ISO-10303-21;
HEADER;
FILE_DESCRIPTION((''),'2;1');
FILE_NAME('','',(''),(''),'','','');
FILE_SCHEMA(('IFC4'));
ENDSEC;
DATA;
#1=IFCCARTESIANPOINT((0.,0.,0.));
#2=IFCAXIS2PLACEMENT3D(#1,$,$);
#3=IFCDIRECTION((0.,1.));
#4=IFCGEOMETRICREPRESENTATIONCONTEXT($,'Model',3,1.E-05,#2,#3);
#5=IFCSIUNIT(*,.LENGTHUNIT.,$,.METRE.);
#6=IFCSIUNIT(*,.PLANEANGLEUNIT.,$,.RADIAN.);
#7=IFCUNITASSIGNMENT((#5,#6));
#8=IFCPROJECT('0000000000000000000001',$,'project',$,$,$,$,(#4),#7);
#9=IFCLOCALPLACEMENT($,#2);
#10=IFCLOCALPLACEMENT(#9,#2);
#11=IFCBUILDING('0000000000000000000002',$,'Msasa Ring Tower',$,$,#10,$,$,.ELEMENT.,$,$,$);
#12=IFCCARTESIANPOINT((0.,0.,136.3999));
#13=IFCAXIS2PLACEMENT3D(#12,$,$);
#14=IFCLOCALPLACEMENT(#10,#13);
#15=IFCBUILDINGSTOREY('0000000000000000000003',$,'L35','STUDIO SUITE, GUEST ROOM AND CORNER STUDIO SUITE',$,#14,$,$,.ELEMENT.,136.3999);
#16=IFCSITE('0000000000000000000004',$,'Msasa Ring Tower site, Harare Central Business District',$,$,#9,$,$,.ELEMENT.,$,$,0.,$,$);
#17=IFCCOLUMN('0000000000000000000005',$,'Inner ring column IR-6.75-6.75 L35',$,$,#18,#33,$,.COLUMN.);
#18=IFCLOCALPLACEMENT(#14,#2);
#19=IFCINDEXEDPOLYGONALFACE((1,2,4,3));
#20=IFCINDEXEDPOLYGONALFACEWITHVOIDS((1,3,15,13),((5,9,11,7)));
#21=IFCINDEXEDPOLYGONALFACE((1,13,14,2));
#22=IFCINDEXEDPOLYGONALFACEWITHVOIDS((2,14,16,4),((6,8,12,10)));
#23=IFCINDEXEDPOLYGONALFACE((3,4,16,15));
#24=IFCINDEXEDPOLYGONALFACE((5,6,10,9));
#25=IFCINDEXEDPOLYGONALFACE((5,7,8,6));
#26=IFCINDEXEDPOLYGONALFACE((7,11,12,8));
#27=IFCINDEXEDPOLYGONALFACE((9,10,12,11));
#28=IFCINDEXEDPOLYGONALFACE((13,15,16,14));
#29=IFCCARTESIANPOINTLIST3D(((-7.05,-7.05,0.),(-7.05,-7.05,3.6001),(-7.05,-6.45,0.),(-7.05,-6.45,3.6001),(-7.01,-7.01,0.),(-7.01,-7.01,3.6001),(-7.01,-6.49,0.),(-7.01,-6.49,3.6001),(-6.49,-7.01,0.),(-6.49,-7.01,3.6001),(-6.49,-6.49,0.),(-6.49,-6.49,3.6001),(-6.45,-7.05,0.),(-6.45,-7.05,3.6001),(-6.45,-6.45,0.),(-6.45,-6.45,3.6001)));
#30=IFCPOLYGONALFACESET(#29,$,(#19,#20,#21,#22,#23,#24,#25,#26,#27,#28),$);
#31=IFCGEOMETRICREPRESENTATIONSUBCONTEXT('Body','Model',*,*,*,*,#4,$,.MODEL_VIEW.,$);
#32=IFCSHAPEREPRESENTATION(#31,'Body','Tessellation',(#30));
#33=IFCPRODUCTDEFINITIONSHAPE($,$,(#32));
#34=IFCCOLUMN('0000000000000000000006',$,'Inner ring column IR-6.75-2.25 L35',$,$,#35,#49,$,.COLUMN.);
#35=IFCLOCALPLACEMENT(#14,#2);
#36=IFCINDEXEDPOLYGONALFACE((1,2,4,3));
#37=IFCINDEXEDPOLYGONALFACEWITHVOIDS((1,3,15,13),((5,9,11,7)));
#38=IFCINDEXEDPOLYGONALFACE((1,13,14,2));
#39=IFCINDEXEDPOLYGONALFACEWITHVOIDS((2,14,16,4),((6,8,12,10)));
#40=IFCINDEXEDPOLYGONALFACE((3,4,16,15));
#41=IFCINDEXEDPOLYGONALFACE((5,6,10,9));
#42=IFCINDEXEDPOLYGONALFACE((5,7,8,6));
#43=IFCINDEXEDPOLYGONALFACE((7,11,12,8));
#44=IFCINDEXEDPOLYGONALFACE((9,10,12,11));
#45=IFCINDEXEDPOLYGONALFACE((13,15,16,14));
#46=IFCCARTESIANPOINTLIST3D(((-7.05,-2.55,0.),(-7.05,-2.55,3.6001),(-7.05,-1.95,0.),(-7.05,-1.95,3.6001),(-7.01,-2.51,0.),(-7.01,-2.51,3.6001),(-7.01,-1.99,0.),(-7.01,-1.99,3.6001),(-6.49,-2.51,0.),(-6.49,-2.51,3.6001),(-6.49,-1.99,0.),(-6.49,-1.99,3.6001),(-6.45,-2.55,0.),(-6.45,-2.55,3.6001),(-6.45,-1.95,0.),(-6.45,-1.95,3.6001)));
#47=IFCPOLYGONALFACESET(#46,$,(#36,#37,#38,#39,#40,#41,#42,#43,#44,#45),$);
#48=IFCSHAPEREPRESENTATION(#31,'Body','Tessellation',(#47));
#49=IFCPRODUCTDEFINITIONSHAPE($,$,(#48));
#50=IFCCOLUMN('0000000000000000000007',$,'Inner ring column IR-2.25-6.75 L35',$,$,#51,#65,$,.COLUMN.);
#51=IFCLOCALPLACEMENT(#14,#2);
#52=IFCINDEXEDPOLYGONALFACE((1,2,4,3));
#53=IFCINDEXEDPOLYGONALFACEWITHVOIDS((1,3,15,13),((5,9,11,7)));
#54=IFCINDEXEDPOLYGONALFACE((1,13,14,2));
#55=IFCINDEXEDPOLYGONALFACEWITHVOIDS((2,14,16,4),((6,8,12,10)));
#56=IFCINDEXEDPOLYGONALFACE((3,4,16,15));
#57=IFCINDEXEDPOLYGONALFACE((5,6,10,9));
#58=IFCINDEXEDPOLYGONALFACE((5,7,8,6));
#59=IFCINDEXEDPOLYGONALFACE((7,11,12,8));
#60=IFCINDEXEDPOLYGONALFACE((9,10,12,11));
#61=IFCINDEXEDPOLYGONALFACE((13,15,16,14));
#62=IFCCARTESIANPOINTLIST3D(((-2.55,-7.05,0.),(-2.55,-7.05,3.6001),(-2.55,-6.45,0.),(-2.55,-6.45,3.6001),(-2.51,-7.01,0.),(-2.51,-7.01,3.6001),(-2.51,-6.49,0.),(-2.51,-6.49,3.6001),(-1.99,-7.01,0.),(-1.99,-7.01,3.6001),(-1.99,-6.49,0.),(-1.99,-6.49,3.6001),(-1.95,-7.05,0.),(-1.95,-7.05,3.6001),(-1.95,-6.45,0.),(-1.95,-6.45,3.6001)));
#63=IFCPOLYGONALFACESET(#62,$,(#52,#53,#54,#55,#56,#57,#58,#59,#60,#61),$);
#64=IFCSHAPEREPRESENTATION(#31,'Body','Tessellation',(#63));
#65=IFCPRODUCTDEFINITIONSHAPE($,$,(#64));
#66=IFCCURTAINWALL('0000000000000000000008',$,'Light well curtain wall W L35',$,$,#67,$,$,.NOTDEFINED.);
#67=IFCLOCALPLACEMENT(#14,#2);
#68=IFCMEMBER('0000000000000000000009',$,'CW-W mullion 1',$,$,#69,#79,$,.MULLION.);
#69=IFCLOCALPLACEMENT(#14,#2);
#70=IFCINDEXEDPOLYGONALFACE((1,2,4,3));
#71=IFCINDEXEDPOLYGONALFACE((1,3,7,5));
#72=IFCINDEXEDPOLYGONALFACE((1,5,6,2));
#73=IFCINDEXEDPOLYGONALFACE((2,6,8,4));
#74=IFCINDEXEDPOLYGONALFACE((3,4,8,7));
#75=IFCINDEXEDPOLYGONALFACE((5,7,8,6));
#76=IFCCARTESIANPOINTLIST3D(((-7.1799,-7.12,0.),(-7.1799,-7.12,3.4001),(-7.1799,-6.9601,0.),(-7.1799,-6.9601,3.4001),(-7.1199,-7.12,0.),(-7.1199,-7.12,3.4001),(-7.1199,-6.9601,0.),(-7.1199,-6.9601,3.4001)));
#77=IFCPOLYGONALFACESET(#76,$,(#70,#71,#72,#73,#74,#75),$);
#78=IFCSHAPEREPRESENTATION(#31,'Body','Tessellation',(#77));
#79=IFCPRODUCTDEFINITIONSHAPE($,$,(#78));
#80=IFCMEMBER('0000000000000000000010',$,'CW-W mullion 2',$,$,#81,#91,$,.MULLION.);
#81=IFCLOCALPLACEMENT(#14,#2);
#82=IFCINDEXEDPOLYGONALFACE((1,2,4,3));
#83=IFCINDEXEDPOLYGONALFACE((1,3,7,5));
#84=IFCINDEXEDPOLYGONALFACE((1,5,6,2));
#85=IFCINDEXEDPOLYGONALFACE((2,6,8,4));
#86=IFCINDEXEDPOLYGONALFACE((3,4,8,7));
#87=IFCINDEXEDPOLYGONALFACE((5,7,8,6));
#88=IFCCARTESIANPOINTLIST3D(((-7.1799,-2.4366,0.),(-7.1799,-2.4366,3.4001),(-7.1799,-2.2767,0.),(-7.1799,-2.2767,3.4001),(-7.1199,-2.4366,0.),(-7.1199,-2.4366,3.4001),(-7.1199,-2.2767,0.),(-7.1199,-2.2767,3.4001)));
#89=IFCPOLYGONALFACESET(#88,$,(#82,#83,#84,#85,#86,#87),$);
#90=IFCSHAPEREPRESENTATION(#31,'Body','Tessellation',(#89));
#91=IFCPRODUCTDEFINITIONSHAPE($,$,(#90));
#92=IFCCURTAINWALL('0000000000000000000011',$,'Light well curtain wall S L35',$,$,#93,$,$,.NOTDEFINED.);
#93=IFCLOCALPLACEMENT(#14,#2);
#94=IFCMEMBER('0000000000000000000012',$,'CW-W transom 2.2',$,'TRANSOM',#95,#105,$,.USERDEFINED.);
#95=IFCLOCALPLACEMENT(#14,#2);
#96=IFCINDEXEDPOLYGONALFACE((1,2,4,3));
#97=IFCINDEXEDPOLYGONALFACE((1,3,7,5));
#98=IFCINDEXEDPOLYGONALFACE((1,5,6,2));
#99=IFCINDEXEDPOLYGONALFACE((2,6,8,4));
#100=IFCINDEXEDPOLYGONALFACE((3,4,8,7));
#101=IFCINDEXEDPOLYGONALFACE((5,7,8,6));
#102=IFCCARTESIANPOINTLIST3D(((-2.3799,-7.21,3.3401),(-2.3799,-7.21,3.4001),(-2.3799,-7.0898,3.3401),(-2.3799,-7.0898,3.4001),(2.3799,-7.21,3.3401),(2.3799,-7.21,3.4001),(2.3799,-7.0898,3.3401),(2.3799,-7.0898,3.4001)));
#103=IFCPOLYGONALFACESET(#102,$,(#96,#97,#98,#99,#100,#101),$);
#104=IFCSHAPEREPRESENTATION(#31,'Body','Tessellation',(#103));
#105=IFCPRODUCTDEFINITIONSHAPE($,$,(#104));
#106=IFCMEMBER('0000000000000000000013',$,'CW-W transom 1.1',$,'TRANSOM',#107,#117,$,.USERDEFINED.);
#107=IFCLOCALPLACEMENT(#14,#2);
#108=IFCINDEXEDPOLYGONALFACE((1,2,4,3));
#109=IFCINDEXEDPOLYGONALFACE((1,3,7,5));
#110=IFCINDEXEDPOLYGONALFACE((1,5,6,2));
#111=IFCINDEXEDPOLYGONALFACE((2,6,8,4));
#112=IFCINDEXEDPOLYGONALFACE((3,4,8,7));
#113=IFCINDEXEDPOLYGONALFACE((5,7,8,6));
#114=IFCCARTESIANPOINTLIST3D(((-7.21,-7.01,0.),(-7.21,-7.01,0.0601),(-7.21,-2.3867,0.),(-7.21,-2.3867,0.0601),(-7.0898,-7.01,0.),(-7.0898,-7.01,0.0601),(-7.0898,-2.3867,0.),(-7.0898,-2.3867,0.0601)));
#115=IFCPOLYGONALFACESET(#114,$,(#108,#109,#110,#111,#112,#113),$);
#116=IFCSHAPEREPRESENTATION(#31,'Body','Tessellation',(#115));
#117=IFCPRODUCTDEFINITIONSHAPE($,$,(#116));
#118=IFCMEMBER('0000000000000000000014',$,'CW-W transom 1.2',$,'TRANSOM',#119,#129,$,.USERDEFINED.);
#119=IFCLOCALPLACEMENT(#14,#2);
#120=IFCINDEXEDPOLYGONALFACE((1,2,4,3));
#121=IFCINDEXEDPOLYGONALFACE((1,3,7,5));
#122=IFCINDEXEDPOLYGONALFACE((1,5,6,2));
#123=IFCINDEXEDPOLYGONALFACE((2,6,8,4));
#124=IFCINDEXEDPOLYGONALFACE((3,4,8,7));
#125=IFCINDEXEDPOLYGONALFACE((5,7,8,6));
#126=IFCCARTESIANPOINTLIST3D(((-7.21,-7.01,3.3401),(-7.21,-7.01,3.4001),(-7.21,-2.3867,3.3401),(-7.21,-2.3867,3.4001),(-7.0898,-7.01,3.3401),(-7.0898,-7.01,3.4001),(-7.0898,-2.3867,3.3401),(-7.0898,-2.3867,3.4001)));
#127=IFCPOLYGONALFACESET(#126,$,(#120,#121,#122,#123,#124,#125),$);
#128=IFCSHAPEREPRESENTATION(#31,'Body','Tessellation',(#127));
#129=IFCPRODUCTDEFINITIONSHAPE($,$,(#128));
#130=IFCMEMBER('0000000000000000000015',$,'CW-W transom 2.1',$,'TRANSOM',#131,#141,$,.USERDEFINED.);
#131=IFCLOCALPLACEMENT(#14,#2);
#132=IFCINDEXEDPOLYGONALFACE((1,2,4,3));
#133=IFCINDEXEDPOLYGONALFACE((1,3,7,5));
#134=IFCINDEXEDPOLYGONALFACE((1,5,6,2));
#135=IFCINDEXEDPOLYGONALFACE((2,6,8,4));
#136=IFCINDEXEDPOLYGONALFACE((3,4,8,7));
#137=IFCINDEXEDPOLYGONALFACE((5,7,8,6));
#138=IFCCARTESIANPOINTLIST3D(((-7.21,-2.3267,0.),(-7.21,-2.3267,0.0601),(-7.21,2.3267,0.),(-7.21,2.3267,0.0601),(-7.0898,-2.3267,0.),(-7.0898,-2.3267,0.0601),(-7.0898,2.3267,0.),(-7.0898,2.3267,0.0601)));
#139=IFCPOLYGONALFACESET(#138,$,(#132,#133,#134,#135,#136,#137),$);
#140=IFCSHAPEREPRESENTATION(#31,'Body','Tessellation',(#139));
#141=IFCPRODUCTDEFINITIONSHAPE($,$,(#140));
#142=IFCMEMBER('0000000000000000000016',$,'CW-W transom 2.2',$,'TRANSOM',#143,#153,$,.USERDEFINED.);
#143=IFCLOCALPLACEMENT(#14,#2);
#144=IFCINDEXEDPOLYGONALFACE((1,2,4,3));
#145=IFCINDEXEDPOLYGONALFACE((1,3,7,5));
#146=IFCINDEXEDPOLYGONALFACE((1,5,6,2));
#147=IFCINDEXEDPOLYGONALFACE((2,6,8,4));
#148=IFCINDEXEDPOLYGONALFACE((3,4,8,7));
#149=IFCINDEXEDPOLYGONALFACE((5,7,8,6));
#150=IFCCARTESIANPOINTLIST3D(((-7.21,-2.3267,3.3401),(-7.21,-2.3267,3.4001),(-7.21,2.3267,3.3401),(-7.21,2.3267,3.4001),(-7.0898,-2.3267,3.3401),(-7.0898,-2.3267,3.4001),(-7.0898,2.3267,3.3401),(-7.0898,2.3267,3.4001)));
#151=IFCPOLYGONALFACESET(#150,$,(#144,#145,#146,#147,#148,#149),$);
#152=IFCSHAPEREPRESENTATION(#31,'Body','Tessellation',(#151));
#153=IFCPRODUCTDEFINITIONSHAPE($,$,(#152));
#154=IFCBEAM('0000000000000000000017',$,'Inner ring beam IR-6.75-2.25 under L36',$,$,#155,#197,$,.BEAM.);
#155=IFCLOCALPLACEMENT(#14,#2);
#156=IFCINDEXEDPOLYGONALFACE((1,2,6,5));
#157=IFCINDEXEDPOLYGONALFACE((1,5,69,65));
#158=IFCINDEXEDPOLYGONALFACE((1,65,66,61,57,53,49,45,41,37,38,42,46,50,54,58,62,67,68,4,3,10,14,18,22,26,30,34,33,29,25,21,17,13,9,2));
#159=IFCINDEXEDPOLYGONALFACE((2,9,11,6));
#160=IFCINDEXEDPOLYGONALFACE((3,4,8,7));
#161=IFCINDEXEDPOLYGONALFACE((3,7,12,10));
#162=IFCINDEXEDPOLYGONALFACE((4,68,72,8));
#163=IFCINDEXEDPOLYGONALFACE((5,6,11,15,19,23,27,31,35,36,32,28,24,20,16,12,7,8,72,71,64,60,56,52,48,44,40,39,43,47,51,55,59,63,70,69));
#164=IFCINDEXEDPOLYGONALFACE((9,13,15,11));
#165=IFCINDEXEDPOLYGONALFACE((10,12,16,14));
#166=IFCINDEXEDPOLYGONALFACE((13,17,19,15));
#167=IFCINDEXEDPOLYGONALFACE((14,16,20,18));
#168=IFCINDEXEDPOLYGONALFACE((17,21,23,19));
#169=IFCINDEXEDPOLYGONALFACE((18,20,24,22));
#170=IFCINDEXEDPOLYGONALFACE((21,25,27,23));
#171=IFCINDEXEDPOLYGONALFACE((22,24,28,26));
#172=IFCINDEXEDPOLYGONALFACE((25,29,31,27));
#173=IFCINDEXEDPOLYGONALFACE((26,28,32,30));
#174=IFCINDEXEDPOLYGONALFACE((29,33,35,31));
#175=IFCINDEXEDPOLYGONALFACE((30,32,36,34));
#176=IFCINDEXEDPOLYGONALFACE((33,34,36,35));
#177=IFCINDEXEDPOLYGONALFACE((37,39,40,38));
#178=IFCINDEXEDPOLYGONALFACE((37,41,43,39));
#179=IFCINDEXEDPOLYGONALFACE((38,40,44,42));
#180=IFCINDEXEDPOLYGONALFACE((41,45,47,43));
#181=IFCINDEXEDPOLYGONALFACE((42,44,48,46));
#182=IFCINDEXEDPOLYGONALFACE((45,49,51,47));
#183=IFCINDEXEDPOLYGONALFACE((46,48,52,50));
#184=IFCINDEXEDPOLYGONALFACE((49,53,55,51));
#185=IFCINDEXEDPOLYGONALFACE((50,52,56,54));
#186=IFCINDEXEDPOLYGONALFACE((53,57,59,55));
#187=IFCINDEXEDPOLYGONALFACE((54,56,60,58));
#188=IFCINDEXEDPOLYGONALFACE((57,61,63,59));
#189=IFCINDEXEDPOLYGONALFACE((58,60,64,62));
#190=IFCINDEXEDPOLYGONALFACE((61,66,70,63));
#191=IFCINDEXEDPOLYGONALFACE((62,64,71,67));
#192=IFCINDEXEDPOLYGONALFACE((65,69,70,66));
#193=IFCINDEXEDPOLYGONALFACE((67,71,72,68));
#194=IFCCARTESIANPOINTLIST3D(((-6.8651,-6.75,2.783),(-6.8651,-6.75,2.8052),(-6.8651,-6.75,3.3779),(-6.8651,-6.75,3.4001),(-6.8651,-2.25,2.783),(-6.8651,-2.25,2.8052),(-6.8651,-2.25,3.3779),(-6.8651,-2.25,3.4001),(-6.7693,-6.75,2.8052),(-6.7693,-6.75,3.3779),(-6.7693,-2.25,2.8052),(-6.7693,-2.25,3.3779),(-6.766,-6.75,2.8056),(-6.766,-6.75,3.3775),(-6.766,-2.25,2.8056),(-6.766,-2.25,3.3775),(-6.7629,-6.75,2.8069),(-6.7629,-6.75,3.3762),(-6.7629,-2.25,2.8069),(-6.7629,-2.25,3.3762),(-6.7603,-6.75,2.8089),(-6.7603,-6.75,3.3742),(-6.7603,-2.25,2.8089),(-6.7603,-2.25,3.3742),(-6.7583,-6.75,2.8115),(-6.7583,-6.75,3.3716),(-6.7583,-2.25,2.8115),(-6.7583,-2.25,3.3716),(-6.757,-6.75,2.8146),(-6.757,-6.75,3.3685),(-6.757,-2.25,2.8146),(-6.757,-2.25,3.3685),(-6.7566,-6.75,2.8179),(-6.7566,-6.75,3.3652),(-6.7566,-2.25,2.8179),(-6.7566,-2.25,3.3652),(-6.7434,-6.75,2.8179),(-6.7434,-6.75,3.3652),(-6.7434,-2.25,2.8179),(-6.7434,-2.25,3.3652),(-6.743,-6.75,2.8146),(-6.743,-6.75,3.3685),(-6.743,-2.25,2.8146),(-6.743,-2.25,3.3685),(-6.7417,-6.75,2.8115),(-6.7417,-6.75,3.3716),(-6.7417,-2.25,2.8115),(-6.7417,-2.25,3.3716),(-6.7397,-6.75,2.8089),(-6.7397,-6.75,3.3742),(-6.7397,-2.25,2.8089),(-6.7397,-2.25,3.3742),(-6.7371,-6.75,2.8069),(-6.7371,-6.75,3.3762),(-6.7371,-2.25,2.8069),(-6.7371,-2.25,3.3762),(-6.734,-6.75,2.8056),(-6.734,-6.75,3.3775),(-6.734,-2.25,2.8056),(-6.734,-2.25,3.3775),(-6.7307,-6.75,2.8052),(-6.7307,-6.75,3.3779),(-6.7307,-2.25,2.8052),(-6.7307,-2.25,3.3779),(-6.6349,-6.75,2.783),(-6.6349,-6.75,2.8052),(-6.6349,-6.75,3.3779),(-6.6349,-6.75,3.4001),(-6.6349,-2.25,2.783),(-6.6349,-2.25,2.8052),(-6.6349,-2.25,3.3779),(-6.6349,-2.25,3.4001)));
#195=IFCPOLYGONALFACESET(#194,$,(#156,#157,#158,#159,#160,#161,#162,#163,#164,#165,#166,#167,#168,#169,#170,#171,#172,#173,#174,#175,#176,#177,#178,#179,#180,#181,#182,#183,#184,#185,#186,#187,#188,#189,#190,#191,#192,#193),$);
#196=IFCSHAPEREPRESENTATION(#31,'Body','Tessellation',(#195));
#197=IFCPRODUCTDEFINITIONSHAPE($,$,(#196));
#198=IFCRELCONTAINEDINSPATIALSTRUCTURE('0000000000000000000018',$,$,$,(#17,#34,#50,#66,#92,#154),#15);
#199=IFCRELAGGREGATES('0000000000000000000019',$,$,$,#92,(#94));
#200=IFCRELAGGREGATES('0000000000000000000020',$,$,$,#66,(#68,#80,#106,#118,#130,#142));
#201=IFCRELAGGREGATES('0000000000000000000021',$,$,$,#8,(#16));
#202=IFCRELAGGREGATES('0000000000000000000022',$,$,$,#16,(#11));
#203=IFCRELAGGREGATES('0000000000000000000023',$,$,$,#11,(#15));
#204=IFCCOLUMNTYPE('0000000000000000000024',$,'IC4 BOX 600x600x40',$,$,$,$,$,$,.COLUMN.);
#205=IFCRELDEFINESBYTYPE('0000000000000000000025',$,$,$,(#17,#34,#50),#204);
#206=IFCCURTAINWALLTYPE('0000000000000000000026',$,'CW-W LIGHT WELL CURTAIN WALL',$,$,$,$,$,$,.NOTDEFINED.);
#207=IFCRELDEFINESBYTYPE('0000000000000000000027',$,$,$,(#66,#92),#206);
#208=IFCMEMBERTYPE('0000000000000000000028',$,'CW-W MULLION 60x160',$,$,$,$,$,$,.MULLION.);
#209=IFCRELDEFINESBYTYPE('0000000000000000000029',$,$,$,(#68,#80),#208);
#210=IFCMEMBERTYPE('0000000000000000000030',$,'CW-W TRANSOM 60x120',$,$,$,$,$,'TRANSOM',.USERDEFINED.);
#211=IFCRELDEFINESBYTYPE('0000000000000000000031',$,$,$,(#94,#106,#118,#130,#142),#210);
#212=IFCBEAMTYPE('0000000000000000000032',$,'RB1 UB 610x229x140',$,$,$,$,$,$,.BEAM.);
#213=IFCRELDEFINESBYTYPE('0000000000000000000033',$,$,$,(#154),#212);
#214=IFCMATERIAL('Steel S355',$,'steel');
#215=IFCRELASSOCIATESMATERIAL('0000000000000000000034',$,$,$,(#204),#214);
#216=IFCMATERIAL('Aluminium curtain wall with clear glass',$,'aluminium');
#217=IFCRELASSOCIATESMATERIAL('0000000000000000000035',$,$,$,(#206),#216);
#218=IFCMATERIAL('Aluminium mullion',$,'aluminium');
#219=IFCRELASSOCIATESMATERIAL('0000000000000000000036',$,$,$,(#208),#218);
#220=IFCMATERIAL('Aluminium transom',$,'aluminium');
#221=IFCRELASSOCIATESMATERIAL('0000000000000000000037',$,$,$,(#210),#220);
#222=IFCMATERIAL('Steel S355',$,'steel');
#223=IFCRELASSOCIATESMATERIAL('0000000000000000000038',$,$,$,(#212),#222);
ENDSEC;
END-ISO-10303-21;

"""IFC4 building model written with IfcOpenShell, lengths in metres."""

from ifc_helpers import new_model, si_unit, direction, frame, origin, origin_2d, place, context, subcontext, project, spatial, rectangle, hollow_rectangle, i_section, extrude, material, material_profile, profile_set, type_object, element, aggregate, save


model = new_model("IFC4")

# Units and contexts
model_context = context("Model", 3, precision=1e-05, world=origin(), true_north=direction((0.0, 1.0)))
body_context = subcontext(model_context, "Body", "Model", "MODEL_VIEW")
ifc_project = project(units=[si_unit("LENGTHUNIT", "METRE"), si_unit("PLANEANGLEUNIT", "RADIAN")], contexts=[model_context])

# Site, building, storey
site_placement = place(None, origin())
site = spatial("IfcSite", under=ifc_project, at=site_placement, Name="Msasa Ring Tower site, Harare Central Business District", CompositionType="ELEMENT", RefElevation=0.0)
building_placement = place(site_placement, origin())
building = spatial("IfcBuilding", under=site, at=building_placement, Name="Msasa Ring Tower", CompositionType="ELEMENT")
storey_placement = place(building_placement, frame((0.0, 0.0, 136.3999)))
storey = spatial("IfcBuildingStorey", under=building, at=storey_placement, Name="L35", Description="STUDIO SUITE, GUEST ROOM AND CORNER STUDIO SUITE", CompositionType="ELEMENT", Elevation=136.3999)

# Columns
ifc_material_1 = material(Name="Steel S355", Category="steel")
ifc_material_profile_1 = material_profile(ifc_material_1, hollow_rectangle(XDim=0.6001, YDim=0.6001, WallThickness=0.04, at=origin_2d()), Name="BOX 600x600x40")
ifc_profile_set_1 = profile_set([ifc_material_profile_1], Name="Steel S355")
column_type = type_object("IfcColumnType", Name="IC4 BOX 600x600x40", PredefinedType="COLUMN", material=ifc_profile_set_1)
for number, where, z_axis, x_axis, name in (
    (1, (-6.75, -6.75, 0.0), (0.0, 0.0, 1.0), (1.0, 0.0, 0.0), "Inner ring column IR-6.75-6.75 L35"),
    (2, (-6.75, -2.25, 0.0), (0.0, 0.0, 1.0), (1.0, 0.0, 0.0), "Inner ring column IR-6.75-2.25 L35"),
    (3, (-2.25, -6.75, 0.0), (0.0, 0.0, 1.0), (1.0, 0.0, 0.0), "Inner ring column IR-2.25-6.75 L35"),
):
    element("IfcColumn", number, at=place(storey_placement, frame(where, z_axis=z_axis, x_axis=x_axis)), inside=storey, type_object=column_type, Name=name, PredefinedType="COLUMN", context=body_context, shape_type="SweptSolid", body=[
        extrude(hollow_rectangle(XDim=0.6001, YDim=0.6001, WallThickness=0.04, at=origin_2d()), origin(), (0.0, 0.0, 1.0), 3.6001),
    ])

# Curtain wall, members
ifc_material_2 = material(Name="Aluminium curtain wall with clear glass", Category="aluminium")
curtain_wall_type = type_object("IfcCurtainWallType", Name="CW-W LIGHT WELL CURTAIN WALL", PredefinedType="NOTDEFINED", material=ifc_material_2)
curtain_wall_1_placement = place(storey_placement, origin())
curtain_wall_1 = element("IfcCurtainWall", 4, at=curtain_wall_1_placement, inside=storey, type_object=curtain_wall_type, Name="Light well curtain wall W L35", PredefinedType="NOTDEFINED")
ifc_material_3 = material(Name="Aluminium mullion", Category="aluminium")
ifc_material_profile_2 = material_profile(ifc_material_3, rectangle(XDim=0.0601, YDim=0.1599, at=origin_2d()), Name="AL 60x160")
ifc_profile_set_2 = profile_set([ifc_material_profile_2], Name="Aluminium mullion")
member_type_1 = type_object("IfcMemberType", Name="CW-W MULLION 60x160", PredefinedType="MULLION", material=ifc_profile_set_2)
member_1_placement = place(storey_placement, frame((-7.1499, -7.04, 0.0), z_axis=(0.0, 0.0, 1.0), x_axis=(-1.0, 0.0, 0.0)))
member_1 = element("IfcMember", 5, at=member_1_placement, type_object=member_type_1, Name="CW-W mullion 1", PredefinedType="MULLION", context=body_context, shape_type="SweptSolid", body=[
    extrude(rectangle(XDim=0.0601, YDim=0.1599, at=origin_2d()), origin(), (0.0, 0.0, 1.0), 3.4001),
])
member_2_placement = place(storey_placement, frame((-7.1499, -2.3567, 0.0), z_axis=(0.0, 0.0, 1.0), x_axis=(-1.0, 0.0, 0.0)))
member_2 = element("IfcMember", 6, at=member_2_placement, type_object=member_type_1, Name="CW-W mullion 2", PredefinedType="MULLION", context=body_context, shape_type="SweptSolid", body=[
    extrude(rectangle(XDim=0.0601, YDim=0.1599, at=origin_2d()), origin(), (0.0, 0.0, 1.0), 3.4001),
])

# Curtain wall, member
curtain_wall_2_placement = place(storey_placement, origin())
curtain_wall_2 = element("IfcCurtainWall", 7, at=curtain_wall_2_placement, inside=storey, type_object=curtain_wall_type, Name="Light well curtain wall S L35", PredefinedType="NOTDEFINED")
ifc_material_4 = material(Name="Aluminium transom", Category="aluminium")
ifc_material_profile_3 = material_profile(ifc_material_4, rectangle(XDim=0.1201, YDim=0.0601, at=origin_2d()), Name="AL 60x120")
ifc_profile_set_3 = profile_set([ifc_material_profile_3], Name="Aluminium transom")
member_type_2 = type_object("IfcMemberType", Name="CW-W TRANSOM 60x120", ElementType="TRANSOM", PredefinedType="USERDEFINED", material=ifc_profile_set_3)
member_3_placement = place(storey_placement, frame((-2.3799, -7.1499, 3.3701), z_axis=(1.0, 0.0, 0.0), x_axis=(0.0, 1.0, 0.0)))
member_3 = element("IfcMember", 8, at=member_3_placement, type_object=member_type_2, Name="CW-W transom 2.2", ObjectType="TRANSOM", PredefinedType="USERDEFINED", context=body_context, shape_type="SweptSolid", body=[
    extrude(rectangle(XDim=0.1201, YDim=0.0601, at=origin_2d()), origin(), (0.0, 0.0, 1.0), 4.7598),
])

# Members
member_4_placement = place(storey_placement, frame((-7.1499, -7.01, 0.03), z_axis=(0.0, 1.0, 0.0), x_axis=(-1.0, 0.0, 0.0)))
member_4 = element("IfcMember", 9, at=member_4_placement, type_object=member_type_2, Name="CW-W transom 1.1", ObjectType="TRANSOM", PredefinedType="USERDEFINED", context=body_context, shape_type="SweptSolid", body=[
    extrude(rectangle(XDim=0.1201, YDim=0.0601, at=origin_2d()), origin(), (0.0, 0.0, 1.0), 4.6233),
])
member_5_placement = place(storey_placement, frame((-7.1499, -7.01, 3.3701), z_axis=(0.0, 1.0, 0.0), x_axis=(-1.0, 0.0, 0.0)))
member_5 = element("IfcMember", 10, at=member_5_placement, type_object=member_type_2, Name="CW-W transom 1.2", ObjectType="TRANSOM", PredefinedType="USERDEFINED", context=body_context, shape_type="SweptSolid", body=[
    extrude(rectangle(XDim=0.1201, YDim=0.0601, at=origin_2d()), origin(), (0.0, 0.0, 1.0), 4.6233),
])
member_6_placement = place(storey_placement, frame((-7.1499, -2.3267, 0.03), z_axis=(0.0, 1.0, 0.0), x_axis=(-1.0, 0.0, 0.0)))
member_6 = element("IfcMember", 11, at=member_6_placement, type_object=member_type_2, Name="CW-W transom 2.1", ObjectType="TRANSOM", PredefinedType="USERDEFINED", context=body_context, shape_type="SweptSolid", body=[
    extrude(rectangle(XDim=0.1201, YDim=0.0601, at=origin_2d()), origin(), (0.0, 0.0, 1.0), 4.6533),
])
member_7_placement = place(storey_placement, frame((-7.1499, -2.3267, 3.3701), z_axis=(0.0, 1.0, 0.0), x_axis=(-1.0, 0.0, 0.0)))
member_7 = element("IfcMember", 12, at=member_7_placement, type_object=member_type_2, Name="CW-W transom 2.2", ObjectType="TRANSOM", PredefinedType="USERDEFINED", context=body_context, shape_type="SweptSolid", body=[
    extrude(rectangle(XDim=0.1201, YDim=0.0601, at=origin_2d()), origin(), (0.0, 0.0, 1.0), 4.6533),
])

# Beam
ifc_material_5 = material(Name="Steel S355", Category="steel")
ifc_material_profile_4 = material_profile(ifc_material_5, i_section(OverallWidth=0.2302, OverallDepth=0.6172, WebThickness=0.0132, FlangeThickness=0.0222, FilletRadius=0.0127, at=origin_2d()), Name="UB 610x229x140")
ifc_profile_set_4 = profile_set([ifc_material_profile_4], Name="Steel S355")
beam_type = type_object("IfcBeamType", Name="RB1 UB 610x229x140", PredefinedType="BEAM", material=ifc_profile_set_4)
for number, where, z_axis, x_axis, name in (
    (13, (-6.75, -2.25, 3.0916), (0.0, -1.0, 0.0), (1.0, 0.0, 0.0), "Inner ring beam IR-6.75-2.25 under L36"),
):
    element("IfcBeam", number, at=place(storey_placement, frame(where, z_axis=z_axis, x_axis=x_axis)), inside=storey, type_object=beam_type, Name=name, PredefinedType="BEAM", context=body_context, shape_type="SweptSolid", body=[
        extrude(i_section(OverallWidth=0.2302, OverallDepth=0.6172, WebThickness=0.0132, FlangeThickness=0.0222, FilletRadius=0.0127, at=origin_2d()), origin(), (0.0, 0.0, 1.0), 4.5),
    ])

aggregate(curtain_wall_2, [member_3])
aggregate(curtain_wall_1, [member_1, member_2, member_4, member_5, member_6, member_7])

save(model, "model.ifc")
